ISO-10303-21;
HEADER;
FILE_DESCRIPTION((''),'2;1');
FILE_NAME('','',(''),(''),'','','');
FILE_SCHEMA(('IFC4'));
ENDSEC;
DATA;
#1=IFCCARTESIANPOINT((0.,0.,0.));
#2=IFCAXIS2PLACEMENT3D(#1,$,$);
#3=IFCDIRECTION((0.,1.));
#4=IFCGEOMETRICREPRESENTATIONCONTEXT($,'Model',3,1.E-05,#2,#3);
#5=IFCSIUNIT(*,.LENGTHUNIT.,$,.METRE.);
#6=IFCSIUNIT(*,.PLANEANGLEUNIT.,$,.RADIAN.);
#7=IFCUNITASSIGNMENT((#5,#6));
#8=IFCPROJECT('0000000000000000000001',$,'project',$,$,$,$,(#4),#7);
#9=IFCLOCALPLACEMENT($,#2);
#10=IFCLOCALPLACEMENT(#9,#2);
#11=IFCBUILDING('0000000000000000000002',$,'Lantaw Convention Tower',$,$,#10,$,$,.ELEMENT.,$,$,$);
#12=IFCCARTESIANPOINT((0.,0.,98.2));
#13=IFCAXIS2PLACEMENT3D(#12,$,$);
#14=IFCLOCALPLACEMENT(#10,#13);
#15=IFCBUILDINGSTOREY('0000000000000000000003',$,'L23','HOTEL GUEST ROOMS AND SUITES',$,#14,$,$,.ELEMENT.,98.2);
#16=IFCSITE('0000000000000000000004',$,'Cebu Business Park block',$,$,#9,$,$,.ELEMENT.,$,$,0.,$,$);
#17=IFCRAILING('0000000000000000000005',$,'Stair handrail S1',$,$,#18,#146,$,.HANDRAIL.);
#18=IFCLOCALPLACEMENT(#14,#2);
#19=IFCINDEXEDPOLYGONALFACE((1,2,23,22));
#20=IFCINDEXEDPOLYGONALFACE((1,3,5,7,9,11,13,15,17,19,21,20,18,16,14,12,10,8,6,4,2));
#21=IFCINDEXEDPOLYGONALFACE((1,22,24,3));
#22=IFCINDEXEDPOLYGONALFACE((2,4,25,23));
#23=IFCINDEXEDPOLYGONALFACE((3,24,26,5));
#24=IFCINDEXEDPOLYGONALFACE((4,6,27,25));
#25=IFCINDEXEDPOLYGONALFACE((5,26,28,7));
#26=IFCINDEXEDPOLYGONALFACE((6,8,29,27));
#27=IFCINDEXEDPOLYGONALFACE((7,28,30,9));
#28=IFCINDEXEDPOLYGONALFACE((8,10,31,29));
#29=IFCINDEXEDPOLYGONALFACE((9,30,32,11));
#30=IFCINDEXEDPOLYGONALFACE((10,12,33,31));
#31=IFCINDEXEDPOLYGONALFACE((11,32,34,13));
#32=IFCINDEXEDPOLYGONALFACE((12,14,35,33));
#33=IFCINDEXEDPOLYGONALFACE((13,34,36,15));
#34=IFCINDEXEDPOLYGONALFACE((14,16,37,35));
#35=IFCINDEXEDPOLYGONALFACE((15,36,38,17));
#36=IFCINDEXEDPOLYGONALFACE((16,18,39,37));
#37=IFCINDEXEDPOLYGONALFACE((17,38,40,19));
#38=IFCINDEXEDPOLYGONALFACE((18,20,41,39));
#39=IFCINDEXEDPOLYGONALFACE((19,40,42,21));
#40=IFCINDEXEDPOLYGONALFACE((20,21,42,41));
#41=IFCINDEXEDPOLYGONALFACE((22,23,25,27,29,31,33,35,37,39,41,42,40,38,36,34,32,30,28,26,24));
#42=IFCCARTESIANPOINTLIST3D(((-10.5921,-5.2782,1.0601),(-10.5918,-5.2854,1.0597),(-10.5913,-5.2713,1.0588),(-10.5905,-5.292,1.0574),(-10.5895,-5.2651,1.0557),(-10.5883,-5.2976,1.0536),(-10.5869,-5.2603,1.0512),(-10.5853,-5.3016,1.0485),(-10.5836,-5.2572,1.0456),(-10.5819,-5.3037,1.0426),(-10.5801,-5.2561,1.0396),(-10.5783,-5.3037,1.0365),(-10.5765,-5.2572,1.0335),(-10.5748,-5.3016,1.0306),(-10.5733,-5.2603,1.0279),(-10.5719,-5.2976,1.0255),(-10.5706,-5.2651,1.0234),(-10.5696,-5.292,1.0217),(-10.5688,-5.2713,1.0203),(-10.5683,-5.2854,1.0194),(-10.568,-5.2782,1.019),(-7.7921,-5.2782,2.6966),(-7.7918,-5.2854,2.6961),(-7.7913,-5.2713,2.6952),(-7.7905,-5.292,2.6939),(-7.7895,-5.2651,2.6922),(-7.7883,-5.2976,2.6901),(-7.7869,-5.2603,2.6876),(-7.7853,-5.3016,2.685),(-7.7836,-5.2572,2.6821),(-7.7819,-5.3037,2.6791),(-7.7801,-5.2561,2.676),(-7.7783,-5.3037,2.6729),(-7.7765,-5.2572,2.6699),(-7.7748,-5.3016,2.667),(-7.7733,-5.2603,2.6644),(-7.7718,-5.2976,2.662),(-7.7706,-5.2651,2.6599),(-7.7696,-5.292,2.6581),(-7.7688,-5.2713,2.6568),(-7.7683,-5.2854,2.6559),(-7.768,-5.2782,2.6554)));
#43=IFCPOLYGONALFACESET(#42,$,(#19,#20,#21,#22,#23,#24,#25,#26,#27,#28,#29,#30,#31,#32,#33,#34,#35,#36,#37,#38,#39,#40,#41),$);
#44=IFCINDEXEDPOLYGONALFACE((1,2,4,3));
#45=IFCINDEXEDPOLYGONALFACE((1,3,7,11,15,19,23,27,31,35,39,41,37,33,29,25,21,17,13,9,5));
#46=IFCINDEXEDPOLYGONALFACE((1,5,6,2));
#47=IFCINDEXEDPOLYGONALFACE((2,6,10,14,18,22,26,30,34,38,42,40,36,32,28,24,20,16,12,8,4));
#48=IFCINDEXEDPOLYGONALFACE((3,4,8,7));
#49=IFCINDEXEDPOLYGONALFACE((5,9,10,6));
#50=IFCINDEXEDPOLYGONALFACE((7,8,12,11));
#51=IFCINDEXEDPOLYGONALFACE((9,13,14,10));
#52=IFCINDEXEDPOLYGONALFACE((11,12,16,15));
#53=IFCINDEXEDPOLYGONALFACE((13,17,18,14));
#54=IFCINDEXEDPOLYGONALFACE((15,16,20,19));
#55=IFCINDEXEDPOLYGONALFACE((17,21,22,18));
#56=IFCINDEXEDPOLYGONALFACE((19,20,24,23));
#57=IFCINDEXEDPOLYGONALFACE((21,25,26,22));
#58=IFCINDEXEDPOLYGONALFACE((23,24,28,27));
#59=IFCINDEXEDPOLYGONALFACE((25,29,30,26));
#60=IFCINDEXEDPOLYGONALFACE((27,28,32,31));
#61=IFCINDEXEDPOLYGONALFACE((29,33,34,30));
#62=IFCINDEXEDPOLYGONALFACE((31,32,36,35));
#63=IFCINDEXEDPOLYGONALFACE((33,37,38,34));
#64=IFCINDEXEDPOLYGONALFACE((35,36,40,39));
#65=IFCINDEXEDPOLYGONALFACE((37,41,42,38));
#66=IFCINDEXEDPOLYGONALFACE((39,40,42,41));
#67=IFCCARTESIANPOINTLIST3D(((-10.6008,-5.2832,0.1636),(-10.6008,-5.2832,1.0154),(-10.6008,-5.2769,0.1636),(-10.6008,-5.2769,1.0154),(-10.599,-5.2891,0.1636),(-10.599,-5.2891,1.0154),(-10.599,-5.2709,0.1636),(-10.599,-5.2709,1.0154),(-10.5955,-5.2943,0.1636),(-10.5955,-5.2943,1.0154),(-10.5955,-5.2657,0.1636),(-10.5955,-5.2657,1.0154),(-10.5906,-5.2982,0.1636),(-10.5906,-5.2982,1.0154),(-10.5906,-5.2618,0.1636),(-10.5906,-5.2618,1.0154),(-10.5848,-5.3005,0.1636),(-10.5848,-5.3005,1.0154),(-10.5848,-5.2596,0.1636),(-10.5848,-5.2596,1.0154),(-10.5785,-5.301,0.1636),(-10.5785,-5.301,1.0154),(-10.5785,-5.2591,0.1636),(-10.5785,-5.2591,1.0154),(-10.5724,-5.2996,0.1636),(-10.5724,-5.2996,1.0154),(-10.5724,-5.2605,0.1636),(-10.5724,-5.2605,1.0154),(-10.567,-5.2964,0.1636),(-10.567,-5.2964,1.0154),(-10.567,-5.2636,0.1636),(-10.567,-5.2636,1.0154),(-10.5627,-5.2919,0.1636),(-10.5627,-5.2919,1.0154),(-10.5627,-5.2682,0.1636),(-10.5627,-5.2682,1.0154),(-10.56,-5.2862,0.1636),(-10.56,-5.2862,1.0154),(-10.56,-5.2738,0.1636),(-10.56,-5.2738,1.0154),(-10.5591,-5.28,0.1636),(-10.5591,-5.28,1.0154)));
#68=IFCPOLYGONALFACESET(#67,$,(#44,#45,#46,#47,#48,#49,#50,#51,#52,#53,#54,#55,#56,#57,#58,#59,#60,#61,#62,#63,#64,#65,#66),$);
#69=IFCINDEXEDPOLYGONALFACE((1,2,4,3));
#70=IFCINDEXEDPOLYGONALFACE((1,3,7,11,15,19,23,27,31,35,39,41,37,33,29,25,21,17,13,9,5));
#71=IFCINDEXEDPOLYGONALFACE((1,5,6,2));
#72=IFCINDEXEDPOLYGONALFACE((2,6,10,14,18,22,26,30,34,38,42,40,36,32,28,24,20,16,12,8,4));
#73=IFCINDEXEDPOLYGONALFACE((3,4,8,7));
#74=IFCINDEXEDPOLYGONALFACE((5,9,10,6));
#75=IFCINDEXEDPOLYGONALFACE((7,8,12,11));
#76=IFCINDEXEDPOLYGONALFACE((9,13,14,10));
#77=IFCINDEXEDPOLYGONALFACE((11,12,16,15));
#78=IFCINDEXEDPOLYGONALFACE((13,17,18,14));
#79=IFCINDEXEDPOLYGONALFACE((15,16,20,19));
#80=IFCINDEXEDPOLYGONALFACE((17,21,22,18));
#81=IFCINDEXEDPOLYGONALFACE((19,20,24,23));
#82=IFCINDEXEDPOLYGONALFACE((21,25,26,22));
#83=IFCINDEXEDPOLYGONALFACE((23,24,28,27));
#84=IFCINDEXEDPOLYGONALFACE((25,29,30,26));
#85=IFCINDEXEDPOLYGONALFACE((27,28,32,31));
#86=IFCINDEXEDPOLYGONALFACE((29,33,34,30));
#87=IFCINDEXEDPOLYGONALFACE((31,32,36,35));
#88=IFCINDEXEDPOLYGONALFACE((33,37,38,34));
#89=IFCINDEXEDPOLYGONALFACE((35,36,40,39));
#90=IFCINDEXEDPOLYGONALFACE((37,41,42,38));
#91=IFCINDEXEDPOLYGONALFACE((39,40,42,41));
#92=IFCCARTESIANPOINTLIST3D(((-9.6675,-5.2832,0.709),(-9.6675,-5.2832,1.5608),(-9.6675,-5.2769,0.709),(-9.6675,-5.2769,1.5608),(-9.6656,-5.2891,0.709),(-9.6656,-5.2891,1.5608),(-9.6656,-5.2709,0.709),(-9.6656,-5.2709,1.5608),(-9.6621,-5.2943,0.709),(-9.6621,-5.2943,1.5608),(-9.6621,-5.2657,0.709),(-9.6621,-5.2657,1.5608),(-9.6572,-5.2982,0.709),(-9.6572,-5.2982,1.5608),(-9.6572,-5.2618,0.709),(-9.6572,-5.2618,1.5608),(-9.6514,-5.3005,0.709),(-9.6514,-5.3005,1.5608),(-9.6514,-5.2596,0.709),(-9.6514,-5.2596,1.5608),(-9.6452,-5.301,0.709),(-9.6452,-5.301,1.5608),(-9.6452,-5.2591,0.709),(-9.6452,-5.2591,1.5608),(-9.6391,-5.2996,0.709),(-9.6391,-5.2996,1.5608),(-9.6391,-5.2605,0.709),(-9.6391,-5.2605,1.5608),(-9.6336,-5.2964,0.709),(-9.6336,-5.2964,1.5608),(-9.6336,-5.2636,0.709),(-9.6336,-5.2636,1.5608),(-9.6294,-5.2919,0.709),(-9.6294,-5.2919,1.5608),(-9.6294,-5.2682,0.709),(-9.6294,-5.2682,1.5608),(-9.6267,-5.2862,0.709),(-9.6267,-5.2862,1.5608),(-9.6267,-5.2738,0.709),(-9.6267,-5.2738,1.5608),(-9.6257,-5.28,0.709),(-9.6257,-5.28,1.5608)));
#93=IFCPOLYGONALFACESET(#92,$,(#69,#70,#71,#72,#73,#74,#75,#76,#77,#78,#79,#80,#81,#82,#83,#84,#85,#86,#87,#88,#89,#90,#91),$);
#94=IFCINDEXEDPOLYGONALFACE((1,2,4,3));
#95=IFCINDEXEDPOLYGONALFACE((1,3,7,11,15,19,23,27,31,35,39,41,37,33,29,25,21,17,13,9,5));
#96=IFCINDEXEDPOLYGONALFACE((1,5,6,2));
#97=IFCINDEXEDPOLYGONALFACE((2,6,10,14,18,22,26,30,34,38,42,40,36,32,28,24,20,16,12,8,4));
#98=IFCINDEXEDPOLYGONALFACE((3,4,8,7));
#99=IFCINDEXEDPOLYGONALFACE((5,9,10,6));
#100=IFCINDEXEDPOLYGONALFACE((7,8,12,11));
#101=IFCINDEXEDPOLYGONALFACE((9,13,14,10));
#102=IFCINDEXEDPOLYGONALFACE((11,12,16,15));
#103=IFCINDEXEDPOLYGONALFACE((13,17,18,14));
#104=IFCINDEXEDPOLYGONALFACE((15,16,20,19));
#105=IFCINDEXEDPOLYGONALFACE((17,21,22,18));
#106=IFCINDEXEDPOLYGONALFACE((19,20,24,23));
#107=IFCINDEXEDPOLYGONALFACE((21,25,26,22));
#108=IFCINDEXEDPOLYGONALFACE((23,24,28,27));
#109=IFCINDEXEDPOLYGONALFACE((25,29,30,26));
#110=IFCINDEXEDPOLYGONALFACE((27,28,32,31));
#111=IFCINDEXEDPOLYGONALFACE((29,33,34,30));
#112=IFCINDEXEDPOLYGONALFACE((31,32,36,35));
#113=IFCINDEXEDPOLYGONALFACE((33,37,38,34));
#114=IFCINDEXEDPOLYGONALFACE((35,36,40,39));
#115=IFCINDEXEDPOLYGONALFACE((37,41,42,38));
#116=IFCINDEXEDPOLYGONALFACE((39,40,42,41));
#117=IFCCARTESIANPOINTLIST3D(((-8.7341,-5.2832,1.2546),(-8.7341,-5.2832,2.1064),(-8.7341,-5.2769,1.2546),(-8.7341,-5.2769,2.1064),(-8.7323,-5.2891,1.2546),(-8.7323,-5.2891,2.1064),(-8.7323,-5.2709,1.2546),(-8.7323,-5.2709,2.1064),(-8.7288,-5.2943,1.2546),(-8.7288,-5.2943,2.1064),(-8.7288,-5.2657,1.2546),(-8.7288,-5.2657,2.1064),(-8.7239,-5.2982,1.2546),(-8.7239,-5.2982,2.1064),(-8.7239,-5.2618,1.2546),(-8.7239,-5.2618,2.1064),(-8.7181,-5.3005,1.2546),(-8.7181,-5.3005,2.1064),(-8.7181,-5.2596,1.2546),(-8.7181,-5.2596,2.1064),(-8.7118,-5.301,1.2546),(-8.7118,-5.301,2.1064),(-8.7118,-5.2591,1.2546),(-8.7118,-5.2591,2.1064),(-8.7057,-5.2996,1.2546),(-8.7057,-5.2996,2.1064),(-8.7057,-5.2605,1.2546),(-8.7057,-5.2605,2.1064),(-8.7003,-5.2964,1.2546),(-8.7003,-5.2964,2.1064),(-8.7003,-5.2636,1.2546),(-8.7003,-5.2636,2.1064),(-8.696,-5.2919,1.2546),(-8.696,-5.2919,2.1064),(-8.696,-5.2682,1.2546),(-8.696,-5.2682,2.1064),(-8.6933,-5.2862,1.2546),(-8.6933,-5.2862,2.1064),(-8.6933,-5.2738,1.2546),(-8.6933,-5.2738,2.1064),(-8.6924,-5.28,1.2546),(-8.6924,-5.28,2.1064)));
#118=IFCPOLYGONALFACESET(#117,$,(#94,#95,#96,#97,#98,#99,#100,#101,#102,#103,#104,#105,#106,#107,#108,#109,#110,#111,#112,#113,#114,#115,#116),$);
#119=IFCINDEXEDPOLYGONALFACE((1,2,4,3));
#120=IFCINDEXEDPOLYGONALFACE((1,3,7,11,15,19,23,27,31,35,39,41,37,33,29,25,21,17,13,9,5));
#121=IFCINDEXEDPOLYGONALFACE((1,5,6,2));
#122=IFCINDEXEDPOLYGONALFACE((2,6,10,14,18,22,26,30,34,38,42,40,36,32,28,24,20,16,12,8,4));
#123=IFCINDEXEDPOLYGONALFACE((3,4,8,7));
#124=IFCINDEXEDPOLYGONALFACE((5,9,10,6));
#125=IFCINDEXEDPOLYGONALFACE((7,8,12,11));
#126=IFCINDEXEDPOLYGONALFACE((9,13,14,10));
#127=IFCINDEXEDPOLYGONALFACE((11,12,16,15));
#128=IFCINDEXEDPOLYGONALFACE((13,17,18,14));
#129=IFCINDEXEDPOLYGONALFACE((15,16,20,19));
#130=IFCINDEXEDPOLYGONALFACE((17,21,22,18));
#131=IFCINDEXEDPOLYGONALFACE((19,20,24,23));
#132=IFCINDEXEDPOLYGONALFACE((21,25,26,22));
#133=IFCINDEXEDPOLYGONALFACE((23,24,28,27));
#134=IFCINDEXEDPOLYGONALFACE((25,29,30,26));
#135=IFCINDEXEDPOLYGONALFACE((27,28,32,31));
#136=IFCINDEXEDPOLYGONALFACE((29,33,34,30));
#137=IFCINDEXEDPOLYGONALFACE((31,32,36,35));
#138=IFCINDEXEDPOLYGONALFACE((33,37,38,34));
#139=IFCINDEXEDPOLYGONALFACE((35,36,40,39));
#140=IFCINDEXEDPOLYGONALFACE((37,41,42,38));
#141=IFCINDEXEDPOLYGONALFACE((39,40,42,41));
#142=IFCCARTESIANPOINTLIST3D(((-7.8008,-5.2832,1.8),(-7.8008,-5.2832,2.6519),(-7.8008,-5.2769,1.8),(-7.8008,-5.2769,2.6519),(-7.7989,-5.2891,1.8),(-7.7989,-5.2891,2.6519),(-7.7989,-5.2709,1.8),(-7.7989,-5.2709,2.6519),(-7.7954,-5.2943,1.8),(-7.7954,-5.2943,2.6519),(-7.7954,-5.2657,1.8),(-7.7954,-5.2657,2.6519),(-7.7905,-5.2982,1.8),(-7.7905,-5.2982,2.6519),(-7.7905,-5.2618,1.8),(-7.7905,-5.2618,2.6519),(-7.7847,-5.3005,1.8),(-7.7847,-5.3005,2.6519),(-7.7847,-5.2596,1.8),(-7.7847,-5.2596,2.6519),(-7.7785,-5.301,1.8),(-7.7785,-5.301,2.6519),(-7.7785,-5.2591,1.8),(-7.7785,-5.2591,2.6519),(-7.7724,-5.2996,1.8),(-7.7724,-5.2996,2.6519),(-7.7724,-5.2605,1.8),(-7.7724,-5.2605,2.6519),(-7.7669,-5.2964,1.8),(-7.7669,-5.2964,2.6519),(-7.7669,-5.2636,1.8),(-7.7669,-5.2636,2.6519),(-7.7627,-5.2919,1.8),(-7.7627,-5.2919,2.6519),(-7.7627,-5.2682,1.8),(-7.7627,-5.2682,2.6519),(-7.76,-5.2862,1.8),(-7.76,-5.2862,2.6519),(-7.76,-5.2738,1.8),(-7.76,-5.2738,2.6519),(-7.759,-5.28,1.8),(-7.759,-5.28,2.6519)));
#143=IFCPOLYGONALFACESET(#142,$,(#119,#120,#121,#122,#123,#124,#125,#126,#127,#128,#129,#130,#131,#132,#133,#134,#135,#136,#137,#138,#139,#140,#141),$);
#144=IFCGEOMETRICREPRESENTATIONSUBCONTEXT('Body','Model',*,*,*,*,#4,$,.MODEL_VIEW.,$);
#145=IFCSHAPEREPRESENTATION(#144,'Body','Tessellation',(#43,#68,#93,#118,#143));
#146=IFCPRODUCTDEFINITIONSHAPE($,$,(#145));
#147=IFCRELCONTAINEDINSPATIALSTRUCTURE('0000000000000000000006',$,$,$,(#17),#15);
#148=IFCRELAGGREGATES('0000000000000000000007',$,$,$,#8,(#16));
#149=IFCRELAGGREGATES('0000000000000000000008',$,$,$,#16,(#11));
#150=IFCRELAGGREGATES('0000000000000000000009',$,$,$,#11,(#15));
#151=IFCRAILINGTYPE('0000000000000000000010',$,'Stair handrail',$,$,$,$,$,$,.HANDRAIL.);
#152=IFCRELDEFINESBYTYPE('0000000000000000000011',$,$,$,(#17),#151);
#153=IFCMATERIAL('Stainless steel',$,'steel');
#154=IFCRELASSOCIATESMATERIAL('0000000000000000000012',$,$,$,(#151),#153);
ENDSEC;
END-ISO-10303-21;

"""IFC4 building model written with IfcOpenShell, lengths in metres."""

from ifc_helpers import new_model, si_unit, direction, frame, origin, origin_2d, place, context, subcontext, project, spatial, circle, extrude, material, type_object, element, save


model = new_model("IFC4")

# Units and contexts
model_context = context("Model", 3, precision=1e-05, world=origin(), true_north=direction((0.0, 1.0)))
body_context = subcontext(model_context, "Body", "Model", "MODEL_VIEW")
ifc_project = project(units=[si_unit("LENGTHUNIT", "METRE"), si_unit("PLANEANGLEUNIT", "RADIAN")], contexts=[model_context])

# Site, building, storey
site_placement = place(None, origin())
site = spatial("IfcSite", under=ifc_project, at=site_placement, Name="Cebu Business Park block", CompositionType="ELEMENT", RefElevation=0.0)
building_placement = place(site_placement, origin())
building = spatial("IfcBuilding", under=site, at=building_placement, Name="Lantaw Convention Tower", CompositionType="ELEMENT")
storey_placement = place(building_placement, frame((0.0, 0.0, 98.2)))
storey = spatial("IfcBuildingStorey", under=building, at=storey_placement, Name="L23", Description="HOTEL GUEST ROOMS AND SUITES", CompositionType="ELEMENT", Elevation=98.2)

# Shared definitions
ifc_material_1 = material(Name="Stainless steel", Category="steel")

# Railing
railing_type = type_object("IfcRailingType", Name="Stair handrail", PredefinedType="HANDRAIL", material=ifc_material_1)
railing_1_placement = place(storey_placement, frame((-10.5801, -5.28, 0.1636)))
element("IfcRailing", 1, at=railing_1_placement, inside=storey, type_object=railing_type, Name="Stair handrail S1", PredefinedType="HANDRAIL", context=body_context, shape_type="SweptSolid", body=[
    extrude(circle(Radius=0.0239, at=origin_2d()), frame((0.0, 0.0, 0.876), z_axis=(0.863361, 0.0, 0.504587), x_axis=(0.0, 1.0, 0.0)), (0.0, 0.0, 1.0), 3.2432),
    extrude(circle(Radius=0.021, at=origin_2d()), origin(), (0.0, 0.0, 1.0), 0.8518),
    extrude(circle(Radius=0.021, at=origin_2d()), frame((0.9333, 0.0, 0.5454)), (0.0, 0.0, 1.0), 0.8518),
    extrude(circle(Radius=0.021, at=origin_2d()), frame((1.8667, 0.0, 1.0911)), (0.0, 0.0, 1.0), 0.8518),
    extrude(circle(Radius=0.021, at=origin_2d()), frame((2.8, 0.0, 1.6365)), (0.0, 0.0, 1.0), 0.8518),
])

save(model, "model.ifc")
